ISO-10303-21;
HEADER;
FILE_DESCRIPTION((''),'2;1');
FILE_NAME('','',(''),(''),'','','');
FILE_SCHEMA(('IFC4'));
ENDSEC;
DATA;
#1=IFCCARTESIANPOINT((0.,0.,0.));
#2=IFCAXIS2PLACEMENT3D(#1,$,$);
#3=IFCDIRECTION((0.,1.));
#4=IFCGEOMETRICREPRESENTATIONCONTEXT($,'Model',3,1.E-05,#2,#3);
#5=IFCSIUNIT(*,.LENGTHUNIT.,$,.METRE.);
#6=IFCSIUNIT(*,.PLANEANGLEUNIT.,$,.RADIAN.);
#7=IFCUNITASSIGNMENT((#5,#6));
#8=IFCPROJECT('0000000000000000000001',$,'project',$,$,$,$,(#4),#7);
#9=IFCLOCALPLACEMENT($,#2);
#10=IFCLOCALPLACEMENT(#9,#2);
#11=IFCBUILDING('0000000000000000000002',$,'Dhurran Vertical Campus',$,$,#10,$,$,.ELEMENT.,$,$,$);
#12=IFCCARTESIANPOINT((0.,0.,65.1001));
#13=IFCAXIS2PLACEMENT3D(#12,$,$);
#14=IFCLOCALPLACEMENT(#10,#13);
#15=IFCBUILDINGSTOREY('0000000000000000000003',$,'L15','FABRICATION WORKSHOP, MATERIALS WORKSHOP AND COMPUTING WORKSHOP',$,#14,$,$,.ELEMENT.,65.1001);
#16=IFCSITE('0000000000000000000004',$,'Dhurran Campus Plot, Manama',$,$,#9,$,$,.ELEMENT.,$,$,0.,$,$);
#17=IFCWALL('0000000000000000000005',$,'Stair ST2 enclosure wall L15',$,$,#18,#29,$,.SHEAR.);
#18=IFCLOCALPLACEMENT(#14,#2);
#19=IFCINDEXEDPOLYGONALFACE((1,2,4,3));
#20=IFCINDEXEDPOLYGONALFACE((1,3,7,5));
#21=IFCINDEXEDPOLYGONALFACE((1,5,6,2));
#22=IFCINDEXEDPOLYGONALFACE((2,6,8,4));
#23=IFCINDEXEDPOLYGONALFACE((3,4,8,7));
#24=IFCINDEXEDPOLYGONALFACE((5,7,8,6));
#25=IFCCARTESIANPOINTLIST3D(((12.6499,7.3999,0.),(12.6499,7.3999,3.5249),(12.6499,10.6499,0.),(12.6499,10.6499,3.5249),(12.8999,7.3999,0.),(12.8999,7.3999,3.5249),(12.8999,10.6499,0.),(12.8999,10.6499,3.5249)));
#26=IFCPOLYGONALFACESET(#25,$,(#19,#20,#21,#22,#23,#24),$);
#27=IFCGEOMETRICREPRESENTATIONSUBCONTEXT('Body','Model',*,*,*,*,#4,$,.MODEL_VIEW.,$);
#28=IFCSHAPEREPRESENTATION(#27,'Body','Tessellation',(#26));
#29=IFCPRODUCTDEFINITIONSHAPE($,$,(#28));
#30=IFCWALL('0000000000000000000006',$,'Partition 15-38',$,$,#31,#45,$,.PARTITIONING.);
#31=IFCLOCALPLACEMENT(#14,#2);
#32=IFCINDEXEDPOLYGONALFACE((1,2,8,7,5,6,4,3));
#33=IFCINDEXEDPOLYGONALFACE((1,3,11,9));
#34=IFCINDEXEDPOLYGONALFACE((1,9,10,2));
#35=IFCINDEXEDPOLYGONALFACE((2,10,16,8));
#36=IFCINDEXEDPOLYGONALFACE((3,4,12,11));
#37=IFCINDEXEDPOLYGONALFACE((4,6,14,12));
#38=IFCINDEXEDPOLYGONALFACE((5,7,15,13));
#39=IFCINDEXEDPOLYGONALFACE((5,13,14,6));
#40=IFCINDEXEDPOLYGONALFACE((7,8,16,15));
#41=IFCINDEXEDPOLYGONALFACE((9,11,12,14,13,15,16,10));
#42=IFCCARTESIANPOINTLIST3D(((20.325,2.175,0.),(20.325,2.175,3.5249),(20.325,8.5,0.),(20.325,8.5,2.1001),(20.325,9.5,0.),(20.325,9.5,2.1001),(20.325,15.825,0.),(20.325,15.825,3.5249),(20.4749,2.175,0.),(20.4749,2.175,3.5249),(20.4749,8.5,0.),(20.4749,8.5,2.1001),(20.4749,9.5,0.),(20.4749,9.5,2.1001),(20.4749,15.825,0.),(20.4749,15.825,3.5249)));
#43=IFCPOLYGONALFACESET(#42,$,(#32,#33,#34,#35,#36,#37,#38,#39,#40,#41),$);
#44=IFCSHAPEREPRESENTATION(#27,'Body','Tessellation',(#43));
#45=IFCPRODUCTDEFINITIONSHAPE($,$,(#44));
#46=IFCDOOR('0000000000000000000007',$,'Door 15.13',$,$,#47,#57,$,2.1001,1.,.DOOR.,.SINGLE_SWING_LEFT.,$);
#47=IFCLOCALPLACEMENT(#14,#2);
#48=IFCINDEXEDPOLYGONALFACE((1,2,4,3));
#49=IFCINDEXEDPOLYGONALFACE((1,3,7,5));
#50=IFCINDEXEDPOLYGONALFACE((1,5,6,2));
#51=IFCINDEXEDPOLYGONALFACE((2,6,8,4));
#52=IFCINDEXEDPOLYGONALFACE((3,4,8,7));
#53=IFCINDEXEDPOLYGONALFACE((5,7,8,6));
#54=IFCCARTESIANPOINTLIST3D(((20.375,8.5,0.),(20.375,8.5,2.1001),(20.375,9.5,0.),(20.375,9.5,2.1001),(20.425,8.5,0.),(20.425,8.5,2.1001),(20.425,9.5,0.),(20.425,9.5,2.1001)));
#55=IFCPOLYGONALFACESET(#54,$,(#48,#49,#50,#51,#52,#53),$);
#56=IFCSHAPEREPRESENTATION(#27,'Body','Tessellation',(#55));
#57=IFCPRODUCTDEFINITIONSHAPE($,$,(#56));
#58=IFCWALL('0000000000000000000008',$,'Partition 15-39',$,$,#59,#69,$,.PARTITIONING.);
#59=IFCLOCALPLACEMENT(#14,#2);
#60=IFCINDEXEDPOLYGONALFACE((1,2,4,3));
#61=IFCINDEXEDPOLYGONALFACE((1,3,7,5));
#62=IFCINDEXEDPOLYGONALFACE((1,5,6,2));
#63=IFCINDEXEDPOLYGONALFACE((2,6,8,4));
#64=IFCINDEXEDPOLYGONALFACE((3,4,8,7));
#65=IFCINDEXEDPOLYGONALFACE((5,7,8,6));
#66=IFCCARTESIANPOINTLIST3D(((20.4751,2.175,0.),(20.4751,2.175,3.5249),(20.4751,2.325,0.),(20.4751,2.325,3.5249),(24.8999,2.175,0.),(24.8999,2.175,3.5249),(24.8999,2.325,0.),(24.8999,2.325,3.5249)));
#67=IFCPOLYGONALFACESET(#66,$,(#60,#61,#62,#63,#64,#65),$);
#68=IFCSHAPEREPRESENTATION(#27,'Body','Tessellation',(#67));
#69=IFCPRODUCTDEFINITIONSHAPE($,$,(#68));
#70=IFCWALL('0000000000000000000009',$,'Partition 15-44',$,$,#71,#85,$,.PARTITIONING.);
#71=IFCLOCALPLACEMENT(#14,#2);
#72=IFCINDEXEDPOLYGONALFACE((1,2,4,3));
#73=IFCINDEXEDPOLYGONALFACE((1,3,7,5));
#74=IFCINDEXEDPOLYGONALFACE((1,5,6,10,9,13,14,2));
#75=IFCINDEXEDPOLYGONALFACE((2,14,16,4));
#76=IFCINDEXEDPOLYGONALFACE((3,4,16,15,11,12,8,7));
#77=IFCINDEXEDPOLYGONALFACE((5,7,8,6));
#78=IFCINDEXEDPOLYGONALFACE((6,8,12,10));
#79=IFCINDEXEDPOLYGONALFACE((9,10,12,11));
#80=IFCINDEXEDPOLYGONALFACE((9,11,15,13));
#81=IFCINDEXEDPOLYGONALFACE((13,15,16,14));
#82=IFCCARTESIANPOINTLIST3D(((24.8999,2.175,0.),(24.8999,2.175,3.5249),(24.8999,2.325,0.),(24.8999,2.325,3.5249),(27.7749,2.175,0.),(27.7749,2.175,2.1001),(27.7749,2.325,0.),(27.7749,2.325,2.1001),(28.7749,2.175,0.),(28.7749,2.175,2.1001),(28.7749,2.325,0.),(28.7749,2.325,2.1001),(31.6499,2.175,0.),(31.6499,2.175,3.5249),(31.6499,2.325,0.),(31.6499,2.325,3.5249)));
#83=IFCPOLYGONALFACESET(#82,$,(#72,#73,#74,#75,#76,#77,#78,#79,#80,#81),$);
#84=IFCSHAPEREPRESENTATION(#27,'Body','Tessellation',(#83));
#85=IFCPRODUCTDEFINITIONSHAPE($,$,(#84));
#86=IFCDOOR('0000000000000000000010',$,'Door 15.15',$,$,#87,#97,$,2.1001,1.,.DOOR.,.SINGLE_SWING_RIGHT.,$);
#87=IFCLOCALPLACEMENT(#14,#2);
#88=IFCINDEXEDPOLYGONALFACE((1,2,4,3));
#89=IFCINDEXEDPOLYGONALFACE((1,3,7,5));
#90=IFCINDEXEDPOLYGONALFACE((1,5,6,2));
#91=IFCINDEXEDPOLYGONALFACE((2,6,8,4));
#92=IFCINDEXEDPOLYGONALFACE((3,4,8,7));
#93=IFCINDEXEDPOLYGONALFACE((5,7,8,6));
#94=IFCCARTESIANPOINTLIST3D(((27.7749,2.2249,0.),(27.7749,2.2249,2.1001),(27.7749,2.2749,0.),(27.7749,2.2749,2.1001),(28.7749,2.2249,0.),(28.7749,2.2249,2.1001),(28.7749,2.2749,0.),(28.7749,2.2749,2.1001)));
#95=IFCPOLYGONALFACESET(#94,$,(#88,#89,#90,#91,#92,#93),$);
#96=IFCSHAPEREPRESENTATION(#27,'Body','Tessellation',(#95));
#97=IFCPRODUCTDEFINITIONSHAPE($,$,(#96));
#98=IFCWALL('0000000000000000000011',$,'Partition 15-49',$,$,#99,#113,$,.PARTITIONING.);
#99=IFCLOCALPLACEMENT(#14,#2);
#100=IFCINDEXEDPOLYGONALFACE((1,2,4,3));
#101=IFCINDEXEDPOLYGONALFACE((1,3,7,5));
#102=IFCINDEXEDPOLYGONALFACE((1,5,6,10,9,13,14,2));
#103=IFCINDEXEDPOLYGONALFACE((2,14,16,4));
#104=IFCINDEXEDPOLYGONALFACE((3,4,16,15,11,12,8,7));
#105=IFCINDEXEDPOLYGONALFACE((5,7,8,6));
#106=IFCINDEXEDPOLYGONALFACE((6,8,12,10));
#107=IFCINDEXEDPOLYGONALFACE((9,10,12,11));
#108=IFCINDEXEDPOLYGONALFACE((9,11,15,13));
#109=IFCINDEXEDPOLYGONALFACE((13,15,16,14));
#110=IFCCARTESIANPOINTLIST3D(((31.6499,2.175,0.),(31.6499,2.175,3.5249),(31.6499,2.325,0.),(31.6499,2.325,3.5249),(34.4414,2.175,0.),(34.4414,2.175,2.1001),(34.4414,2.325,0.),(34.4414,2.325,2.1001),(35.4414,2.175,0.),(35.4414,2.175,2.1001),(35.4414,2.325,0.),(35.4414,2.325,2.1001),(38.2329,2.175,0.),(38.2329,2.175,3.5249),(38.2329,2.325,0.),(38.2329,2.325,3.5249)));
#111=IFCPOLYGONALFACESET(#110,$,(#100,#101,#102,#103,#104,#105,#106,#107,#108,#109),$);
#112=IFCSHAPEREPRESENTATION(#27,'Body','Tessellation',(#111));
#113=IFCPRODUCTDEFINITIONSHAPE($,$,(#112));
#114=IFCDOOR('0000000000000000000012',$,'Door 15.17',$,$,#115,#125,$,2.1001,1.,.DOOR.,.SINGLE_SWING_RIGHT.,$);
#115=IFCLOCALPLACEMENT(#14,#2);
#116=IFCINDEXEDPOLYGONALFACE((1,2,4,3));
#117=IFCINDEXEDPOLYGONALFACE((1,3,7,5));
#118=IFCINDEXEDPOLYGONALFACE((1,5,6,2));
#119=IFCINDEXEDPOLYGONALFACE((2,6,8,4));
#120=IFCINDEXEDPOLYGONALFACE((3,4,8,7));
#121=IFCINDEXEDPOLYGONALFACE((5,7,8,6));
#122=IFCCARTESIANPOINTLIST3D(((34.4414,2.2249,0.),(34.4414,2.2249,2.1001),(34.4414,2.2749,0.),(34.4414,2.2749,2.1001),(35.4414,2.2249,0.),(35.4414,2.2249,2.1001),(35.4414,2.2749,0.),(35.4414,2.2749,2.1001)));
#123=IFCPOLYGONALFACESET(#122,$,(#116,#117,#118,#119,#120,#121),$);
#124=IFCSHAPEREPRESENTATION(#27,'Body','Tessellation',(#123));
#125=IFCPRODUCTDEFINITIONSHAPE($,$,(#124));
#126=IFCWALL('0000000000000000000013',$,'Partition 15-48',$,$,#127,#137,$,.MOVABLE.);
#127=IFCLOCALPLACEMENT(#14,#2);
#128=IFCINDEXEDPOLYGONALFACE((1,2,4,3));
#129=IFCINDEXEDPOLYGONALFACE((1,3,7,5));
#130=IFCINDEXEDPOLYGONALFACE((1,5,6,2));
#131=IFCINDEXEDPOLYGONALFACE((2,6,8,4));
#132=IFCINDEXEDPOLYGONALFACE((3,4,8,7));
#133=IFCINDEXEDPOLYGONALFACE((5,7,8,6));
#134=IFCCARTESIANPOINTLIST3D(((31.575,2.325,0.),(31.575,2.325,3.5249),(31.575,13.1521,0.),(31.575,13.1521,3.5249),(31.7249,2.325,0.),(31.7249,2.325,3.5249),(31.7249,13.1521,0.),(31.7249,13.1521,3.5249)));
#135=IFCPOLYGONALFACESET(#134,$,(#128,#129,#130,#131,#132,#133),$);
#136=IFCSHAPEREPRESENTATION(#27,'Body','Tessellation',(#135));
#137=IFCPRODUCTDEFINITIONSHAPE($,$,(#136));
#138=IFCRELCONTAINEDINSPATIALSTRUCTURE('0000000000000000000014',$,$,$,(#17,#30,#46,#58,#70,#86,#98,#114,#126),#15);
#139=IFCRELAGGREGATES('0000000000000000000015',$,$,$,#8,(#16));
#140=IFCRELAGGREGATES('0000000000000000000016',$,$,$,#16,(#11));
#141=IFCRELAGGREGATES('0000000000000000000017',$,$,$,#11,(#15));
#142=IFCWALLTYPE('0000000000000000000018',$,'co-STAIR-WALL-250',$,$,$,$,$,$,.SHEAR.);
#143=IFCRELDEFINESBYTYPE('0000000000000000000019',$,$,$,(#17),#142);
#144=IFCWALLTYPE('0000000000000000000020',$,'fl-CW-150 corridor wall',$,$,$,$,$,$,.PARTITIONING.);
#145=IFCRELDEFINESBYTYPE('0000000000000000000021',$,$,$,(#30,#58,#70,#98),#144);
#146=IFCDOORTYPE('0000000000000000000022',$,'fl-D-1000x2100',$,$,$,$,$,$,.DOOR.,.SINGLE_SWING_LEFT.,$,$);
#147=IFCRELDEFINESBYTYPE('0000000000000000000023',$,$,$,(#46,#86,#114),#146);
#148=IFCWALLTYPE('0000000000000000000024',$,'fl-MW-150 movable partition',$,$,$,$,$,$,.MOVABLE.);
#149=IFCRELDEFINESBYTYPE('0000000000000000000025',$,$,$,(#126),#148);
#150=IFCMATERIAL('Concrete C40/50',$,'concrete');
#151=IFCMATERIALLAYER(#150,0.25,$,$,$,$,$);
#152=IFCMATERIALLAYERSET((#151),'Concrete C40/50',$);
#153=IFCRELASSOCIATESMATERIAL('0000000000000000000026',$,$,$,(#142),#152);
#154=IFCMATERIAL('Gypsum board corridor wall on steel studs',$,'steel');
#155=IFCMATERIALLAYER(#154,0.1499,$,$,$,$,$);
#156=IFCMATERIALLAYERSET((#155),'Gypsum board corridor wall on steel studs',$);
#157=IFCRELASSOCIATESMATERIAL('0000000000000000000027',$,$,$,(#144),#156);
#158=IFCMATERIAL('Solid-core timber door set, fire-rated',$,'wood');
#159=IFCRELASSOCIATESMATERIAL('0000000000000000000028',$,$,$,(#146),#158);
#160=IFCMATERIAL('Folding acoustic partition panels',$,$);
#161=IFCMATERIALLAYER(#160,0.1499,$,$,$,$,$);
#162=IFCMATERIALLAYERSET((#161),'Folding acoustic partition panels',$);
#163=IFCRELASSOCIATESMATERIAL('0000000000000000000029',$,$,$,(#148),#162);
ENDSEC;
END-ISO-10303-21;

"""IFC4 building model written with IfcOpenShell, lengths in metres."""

from ifc_helpers import new_model, si_unit, direction, frame, frame_2d, origin, place, context, subcontext, project, spatial, rectangle, extrude, material, layer, layer_set, type_object, element, fill, save


model = new_model("IFC4")

# Units and contexts
model_context = context("Model", 3, precision=1e-05, world=origin(), true_north=direction((0.0, 1.0)))
body_context = subcontext(model_context, "Body", "Model", "MODEL_VIEW")
ifc_project = project(units=[si_unit("LENGTHUNIT", "METRE"), si_unit("PLANEANGLEUNIT", "RADIAN")], contexts=[model_context])

# Site, building, storey
site_placement = place(None, origin())
site = spatial("IfcSite", under=ifc_project, at=site_placement, Name="Dhurran Campus Plot, Manama", CompositionType="ELEMENT", RefElevation=0.0)
building_placement = place(site_placement, origin())
building = spatial("IfcBuilding", under=site, at=building_placement, Name="Dhurran Vertical Campus", CompositionType="ELEMENT")
storey_placement = place(building_placement, frame((0.0, 0.0, 65.1001)))
storey = spatial("IfcBuildingStorey", under=building, at=storey_placement, Name="L15", Description="FABRICATION WORKSHOP, MATERIALS WORKSHOP AND COMPUTING WORKSHOP", CompositionType="ELEMENT", Elevation=65.1001)

# Wall
ifc_material_1 = material(Name="Concrete C40/50", Category="concrete")
ifc_layer_1 = layer(ifc_material_1, 0.25)
ifc_layer_set_1 = layer_set([ifc_layer_1], Name="Concrete C40/50")
wall_type_1 = type_object("IfcWallType", Name="co-STAIR-WALL-250", PredefinedType="SHEAR", material=ifc_layer_set_1)
wall_1_placement = place(storey_placement, frame((12.7749, 7.3999, 0.0), z_axis=(0.0, 0.0, 1.0), x_axis=(0.0, 1.0, 0.0)))
element("IfcWall", 1, at=wall_1_placement, inside=storey, type_object=wall_type_1, Name="Stair ST2 enclosure wall L15", PredefinedType="SHEAR", context=body_context, shape_type="SweptSolid", body=[
    extrude(rectangle(XDim=3.25, YDim=0.25, at=frame_2d((1.625, 0.0))), origin(), (0.0, 0.0, 1.0), 3.5249),
])

# Wall, opening, door
ifc_material_2 = material(Name="Gypsum board corridor wall on steel studs", Category="steel")
ifc_layer_2 = layer(ifc_material_2, 0.1499)
ifc_layer_set_2 = layer_set([ifc_layer_2], Name="Gypsum board corridor wall on steel studs")
wall_type_2 = type_object("IfcWallType", Name="fl-CW-150 corridor wall", PredefinedType="PARTITIONING", material=ifc_layer_set_2)
wall_2_placement = place(storey_placement, frame((20.3999, 2.175, 0.0), z_axis=(0.0, 0.0, 1.0), x_axis=(0.0, 1.0, 0.0)))
wall_2 = element("IfcWall", 2, at=wall_2_placement, inside=storey, type_object=wall_type_2, Name="Partition 15-38", PredefinedType="PARTITIONING", context=body_context, shape_type="SweptSolid", body=[
    extrude(rectangle(XDim=13.6499, YDim=0.1499, at=frame_2d((6.825, 0.0))), origin(), (0.0, 0.0, 1.0), 3.5249),
])
opening_1_placement = place(wall_2_placement, frame((6.325, 0.0, 0.0)))
opening_1 = element("IfcOpeningElement", 3, at=opening_1_placement, cuts=wall_2, PredefinedType="OPENING", context=body_context, shape_type="SweptSolid", body=[
    extrude(rectangle(XDim=1.0, YDim=2.1001, at=frame_2d((0.5, 1.05))), frame((0.0, 0.085, 0.0), z_axis=(0.0, -1.0, 0.0), x_axis=(1.0, 0.0, 0.0)), (0.0, 0.0, 1.0), 0.1699),
])
ifc_material_3 = material(Name="Solid-core timber door set, fire-rated", Category="wood")
door_type_1 = type_object("IfcDoorType", Name="fl-D-1000x2100", OperationType="SINGLE_SWING_LEFT", PredefinedType="DOOR", material=ifc_material_3)
door_1_placement = place(opening_1_placement, origin())
door_1 = element("IfcDoor", 4, at=door_1_placement, inside=storey, type_object=door_type_1, Name="Door 15.13", OperationType="SINGLE_SWING_LEFT", OverallHeight=2.1001, OverallWidth=1.0, PredefinedType="DOOR", context=body_context, shape_type="SweptSolid", body=[
    extrude(rectangle(XDim=1.0, YDim=2.1001, at=frame_2d((0.5, 1.05))), frame((0.0, 0.0249, 0.0), z_axis=(0.0, -1.0, 0.0), x_axis=(1.0, 0.0, 0.0)), (0.0, 0.0, 1.0), 0.05),
])
fill(opening_1, door_1)

# Wall
wall_3_placement = place(storey_placement, frame((20.4751, 2.25, 0.0), z_axis=(0.0, 0.0, 1.0), x_axis=(1.0, 0.0, 0.0)))
element("IfcWall", 5, at=wall_3_placement, inside=storey, type_object=wall_type_2, Name="Partition 15-39", PredefinedType="PARTITIONING", context=body_context, shape_type="SweptSolid", body=[
    extrude(rectangle(XDim=4.4248, YDim=0.1499, at=frame_2d((2.2124, 0.0))), origin(), (0.0, 0.0, 1.0), 3.5249),
])

# Walls, openings, doors
wall_4_placement = place(storey_placement, frame((24.8999, 2.25, 0.0), z_axis=(0.0, 0.0, 1.0), x_axis=(1.0, 0.0, 0.0)))
wall_4 = element("IfcWall", 6, at=wall_4_placement, inside=storey, type_object=wall_type_2, Name="Partition 15-44", PredefinedType="PARTITIONING", context=body_context, shape_type="SweptSolid", body=[
    extrude(rectangle(XDim=6.75, YDim=0.1499, at=frame_2d((3.375, 0.0))), origin(), (0.0, 0.0, 1.0), 3.5249),
])
opening_2_placement = place(wall_4_placement, frame((2.875, 0.0, 0.0)))
opening_2 = element("IfcOpeningElement", 7, at=opening_2_placement, cuts=wall_4, PredefinedType="OPENING", context=body_context, shape_type="SweptSolid", body=[
    extrude(rectangle(XDim=1.0, YDim=2.1001, at=frame_2d((0.5, 1.05))), frame((0.0, 0.085, 0.0), z_axis=(0.0, -1.0, 0.0), x_axis=(1.0, 0.0, 0.0)), (0.0, 0.0, 1.0), 0.1699),
])
door_2_placement = place(opening_2_placement, origin())
door_2 = element("IfcDoor", 8, at=door_2_placement, inside=storey, type_object=door_type_1, Name="Door 15.15", OperationType="SINGLE_SWING_RIGHT", OverallHeight=2.1001, OverallWidth=1.0, PredefinedType="DOOR", context=body_context, shape_type="SweptSolid", body=[
    extrude(rectangle(XDim=1.0, YDim=2.1001, at=frame_2d((0.5, 1.05))), frame((0.0, 0.0249, 0.0), z_axis=(0.0, -1.0, 0.0), x_axis=(1.0, 0.0, 0.0)), (0.0, 0.0, 1.0), 0.05),
])
fill(opening_2, door_2)
wall_5_placement = place(storey_placement, frame((31.6499, 2.25, 0.0), z_axis=(0.0, 0.0, 1.0), x_axis=(1.0, 0.0, 0.0)))
wall_5 = element("IfcWall", 9, at=wall_5_placement, inside=storey, type_object=wall_type_2, Name="Partition 15-49", PredefinedType="PARTITIONING", context=body_context, shape_type="SweptSolid", body=[
    extrude(rectangle(XDim=6.583, YDim=0.1499, at=frame_2d((3.2915, 0.0))), origin(), (0.0, 0.0, 1.0), 3.5249),
])
opening_3_placement = place(wall_5_placement, frame((2.7915, 0.0, 0.0)))
opening_3 = element("IfcOpeningElement", 10, at=opening_3_placement, cuts=wall_5, PredefinedType="OPENING", context=body_context, shape_type="SweptSolid", body=[
    extrude(rectangle(XDim=1.0, YDim=2.1001, at=frame_2d((0.5, 1.05))), frame((0.0, 0.085, 0.0), z_axis=(0.0, -1.0, 0.0), x_axis=(1.0, 0.0, 0.0)), (0.0, 0.0, 1.0), 0.1699),
])
door_3_placement = place(opening_3_placement, origin())
door_3 = element("IfcDoor", 11, at=door_3_placement, inside=storey, type_object=door_type_1, Name="Door 15.17", OperationType="SINGLE_SWING_RIGHT", OverallHeight=2.1001, OverallWidth=1.0, PredefinedType="DOOR", context=body_context, shape_type="SweptSolid", body=[
    extrude(rectangle(XDim=1.0, YDim=2.1001, at=frame_2d((0.5, 1.05))), frame((0.0, 0.0249, 0.0), z_axis=(0.0, -1.0, 0.0), x_axis=(1.0, 0.0, 0.0)), (0.0, 0.0, 1.0), 0.05),
])
fill(opening_3, door_3)

# Wall
ifc_material_4 = material(Name="Folding acoustic partition panels")
ifc_layer_3 = layer(ifc_material_4, 0.1499)
ifc_layer_set_3 = layer_set([ifc_layer_3], Name="Folding acoustic partition panels")
wall_type_3 = type_object("IfcWallType", Name="fl-MW-150 movable partition", PredefinedType="MOVABLE", material=ifc_layer_set_3)
wall_6_placement = place(storey_placement, frame((31.6499, 13.1521, 0.0), z_axis=(0.0, 0.0, 1.0), x_axis=(0.0, -1.0, 0.0)))
element("IfcWall", 12, at=wall_6_placement, inside=storey, type_object=wall_type_3, Name="Partition 15-48", PredefinedType="MOVABLE", context=body_context, shape_type="SweptSolid", body=[
    extrude(rectangle(XDim=10.8271, YDim=0.1499, at=frame_2d((5.4136, 0.0))), origin(), (0.0, 0.0, 1.0), 3.5249),
])

save(model, "model.ifc")
